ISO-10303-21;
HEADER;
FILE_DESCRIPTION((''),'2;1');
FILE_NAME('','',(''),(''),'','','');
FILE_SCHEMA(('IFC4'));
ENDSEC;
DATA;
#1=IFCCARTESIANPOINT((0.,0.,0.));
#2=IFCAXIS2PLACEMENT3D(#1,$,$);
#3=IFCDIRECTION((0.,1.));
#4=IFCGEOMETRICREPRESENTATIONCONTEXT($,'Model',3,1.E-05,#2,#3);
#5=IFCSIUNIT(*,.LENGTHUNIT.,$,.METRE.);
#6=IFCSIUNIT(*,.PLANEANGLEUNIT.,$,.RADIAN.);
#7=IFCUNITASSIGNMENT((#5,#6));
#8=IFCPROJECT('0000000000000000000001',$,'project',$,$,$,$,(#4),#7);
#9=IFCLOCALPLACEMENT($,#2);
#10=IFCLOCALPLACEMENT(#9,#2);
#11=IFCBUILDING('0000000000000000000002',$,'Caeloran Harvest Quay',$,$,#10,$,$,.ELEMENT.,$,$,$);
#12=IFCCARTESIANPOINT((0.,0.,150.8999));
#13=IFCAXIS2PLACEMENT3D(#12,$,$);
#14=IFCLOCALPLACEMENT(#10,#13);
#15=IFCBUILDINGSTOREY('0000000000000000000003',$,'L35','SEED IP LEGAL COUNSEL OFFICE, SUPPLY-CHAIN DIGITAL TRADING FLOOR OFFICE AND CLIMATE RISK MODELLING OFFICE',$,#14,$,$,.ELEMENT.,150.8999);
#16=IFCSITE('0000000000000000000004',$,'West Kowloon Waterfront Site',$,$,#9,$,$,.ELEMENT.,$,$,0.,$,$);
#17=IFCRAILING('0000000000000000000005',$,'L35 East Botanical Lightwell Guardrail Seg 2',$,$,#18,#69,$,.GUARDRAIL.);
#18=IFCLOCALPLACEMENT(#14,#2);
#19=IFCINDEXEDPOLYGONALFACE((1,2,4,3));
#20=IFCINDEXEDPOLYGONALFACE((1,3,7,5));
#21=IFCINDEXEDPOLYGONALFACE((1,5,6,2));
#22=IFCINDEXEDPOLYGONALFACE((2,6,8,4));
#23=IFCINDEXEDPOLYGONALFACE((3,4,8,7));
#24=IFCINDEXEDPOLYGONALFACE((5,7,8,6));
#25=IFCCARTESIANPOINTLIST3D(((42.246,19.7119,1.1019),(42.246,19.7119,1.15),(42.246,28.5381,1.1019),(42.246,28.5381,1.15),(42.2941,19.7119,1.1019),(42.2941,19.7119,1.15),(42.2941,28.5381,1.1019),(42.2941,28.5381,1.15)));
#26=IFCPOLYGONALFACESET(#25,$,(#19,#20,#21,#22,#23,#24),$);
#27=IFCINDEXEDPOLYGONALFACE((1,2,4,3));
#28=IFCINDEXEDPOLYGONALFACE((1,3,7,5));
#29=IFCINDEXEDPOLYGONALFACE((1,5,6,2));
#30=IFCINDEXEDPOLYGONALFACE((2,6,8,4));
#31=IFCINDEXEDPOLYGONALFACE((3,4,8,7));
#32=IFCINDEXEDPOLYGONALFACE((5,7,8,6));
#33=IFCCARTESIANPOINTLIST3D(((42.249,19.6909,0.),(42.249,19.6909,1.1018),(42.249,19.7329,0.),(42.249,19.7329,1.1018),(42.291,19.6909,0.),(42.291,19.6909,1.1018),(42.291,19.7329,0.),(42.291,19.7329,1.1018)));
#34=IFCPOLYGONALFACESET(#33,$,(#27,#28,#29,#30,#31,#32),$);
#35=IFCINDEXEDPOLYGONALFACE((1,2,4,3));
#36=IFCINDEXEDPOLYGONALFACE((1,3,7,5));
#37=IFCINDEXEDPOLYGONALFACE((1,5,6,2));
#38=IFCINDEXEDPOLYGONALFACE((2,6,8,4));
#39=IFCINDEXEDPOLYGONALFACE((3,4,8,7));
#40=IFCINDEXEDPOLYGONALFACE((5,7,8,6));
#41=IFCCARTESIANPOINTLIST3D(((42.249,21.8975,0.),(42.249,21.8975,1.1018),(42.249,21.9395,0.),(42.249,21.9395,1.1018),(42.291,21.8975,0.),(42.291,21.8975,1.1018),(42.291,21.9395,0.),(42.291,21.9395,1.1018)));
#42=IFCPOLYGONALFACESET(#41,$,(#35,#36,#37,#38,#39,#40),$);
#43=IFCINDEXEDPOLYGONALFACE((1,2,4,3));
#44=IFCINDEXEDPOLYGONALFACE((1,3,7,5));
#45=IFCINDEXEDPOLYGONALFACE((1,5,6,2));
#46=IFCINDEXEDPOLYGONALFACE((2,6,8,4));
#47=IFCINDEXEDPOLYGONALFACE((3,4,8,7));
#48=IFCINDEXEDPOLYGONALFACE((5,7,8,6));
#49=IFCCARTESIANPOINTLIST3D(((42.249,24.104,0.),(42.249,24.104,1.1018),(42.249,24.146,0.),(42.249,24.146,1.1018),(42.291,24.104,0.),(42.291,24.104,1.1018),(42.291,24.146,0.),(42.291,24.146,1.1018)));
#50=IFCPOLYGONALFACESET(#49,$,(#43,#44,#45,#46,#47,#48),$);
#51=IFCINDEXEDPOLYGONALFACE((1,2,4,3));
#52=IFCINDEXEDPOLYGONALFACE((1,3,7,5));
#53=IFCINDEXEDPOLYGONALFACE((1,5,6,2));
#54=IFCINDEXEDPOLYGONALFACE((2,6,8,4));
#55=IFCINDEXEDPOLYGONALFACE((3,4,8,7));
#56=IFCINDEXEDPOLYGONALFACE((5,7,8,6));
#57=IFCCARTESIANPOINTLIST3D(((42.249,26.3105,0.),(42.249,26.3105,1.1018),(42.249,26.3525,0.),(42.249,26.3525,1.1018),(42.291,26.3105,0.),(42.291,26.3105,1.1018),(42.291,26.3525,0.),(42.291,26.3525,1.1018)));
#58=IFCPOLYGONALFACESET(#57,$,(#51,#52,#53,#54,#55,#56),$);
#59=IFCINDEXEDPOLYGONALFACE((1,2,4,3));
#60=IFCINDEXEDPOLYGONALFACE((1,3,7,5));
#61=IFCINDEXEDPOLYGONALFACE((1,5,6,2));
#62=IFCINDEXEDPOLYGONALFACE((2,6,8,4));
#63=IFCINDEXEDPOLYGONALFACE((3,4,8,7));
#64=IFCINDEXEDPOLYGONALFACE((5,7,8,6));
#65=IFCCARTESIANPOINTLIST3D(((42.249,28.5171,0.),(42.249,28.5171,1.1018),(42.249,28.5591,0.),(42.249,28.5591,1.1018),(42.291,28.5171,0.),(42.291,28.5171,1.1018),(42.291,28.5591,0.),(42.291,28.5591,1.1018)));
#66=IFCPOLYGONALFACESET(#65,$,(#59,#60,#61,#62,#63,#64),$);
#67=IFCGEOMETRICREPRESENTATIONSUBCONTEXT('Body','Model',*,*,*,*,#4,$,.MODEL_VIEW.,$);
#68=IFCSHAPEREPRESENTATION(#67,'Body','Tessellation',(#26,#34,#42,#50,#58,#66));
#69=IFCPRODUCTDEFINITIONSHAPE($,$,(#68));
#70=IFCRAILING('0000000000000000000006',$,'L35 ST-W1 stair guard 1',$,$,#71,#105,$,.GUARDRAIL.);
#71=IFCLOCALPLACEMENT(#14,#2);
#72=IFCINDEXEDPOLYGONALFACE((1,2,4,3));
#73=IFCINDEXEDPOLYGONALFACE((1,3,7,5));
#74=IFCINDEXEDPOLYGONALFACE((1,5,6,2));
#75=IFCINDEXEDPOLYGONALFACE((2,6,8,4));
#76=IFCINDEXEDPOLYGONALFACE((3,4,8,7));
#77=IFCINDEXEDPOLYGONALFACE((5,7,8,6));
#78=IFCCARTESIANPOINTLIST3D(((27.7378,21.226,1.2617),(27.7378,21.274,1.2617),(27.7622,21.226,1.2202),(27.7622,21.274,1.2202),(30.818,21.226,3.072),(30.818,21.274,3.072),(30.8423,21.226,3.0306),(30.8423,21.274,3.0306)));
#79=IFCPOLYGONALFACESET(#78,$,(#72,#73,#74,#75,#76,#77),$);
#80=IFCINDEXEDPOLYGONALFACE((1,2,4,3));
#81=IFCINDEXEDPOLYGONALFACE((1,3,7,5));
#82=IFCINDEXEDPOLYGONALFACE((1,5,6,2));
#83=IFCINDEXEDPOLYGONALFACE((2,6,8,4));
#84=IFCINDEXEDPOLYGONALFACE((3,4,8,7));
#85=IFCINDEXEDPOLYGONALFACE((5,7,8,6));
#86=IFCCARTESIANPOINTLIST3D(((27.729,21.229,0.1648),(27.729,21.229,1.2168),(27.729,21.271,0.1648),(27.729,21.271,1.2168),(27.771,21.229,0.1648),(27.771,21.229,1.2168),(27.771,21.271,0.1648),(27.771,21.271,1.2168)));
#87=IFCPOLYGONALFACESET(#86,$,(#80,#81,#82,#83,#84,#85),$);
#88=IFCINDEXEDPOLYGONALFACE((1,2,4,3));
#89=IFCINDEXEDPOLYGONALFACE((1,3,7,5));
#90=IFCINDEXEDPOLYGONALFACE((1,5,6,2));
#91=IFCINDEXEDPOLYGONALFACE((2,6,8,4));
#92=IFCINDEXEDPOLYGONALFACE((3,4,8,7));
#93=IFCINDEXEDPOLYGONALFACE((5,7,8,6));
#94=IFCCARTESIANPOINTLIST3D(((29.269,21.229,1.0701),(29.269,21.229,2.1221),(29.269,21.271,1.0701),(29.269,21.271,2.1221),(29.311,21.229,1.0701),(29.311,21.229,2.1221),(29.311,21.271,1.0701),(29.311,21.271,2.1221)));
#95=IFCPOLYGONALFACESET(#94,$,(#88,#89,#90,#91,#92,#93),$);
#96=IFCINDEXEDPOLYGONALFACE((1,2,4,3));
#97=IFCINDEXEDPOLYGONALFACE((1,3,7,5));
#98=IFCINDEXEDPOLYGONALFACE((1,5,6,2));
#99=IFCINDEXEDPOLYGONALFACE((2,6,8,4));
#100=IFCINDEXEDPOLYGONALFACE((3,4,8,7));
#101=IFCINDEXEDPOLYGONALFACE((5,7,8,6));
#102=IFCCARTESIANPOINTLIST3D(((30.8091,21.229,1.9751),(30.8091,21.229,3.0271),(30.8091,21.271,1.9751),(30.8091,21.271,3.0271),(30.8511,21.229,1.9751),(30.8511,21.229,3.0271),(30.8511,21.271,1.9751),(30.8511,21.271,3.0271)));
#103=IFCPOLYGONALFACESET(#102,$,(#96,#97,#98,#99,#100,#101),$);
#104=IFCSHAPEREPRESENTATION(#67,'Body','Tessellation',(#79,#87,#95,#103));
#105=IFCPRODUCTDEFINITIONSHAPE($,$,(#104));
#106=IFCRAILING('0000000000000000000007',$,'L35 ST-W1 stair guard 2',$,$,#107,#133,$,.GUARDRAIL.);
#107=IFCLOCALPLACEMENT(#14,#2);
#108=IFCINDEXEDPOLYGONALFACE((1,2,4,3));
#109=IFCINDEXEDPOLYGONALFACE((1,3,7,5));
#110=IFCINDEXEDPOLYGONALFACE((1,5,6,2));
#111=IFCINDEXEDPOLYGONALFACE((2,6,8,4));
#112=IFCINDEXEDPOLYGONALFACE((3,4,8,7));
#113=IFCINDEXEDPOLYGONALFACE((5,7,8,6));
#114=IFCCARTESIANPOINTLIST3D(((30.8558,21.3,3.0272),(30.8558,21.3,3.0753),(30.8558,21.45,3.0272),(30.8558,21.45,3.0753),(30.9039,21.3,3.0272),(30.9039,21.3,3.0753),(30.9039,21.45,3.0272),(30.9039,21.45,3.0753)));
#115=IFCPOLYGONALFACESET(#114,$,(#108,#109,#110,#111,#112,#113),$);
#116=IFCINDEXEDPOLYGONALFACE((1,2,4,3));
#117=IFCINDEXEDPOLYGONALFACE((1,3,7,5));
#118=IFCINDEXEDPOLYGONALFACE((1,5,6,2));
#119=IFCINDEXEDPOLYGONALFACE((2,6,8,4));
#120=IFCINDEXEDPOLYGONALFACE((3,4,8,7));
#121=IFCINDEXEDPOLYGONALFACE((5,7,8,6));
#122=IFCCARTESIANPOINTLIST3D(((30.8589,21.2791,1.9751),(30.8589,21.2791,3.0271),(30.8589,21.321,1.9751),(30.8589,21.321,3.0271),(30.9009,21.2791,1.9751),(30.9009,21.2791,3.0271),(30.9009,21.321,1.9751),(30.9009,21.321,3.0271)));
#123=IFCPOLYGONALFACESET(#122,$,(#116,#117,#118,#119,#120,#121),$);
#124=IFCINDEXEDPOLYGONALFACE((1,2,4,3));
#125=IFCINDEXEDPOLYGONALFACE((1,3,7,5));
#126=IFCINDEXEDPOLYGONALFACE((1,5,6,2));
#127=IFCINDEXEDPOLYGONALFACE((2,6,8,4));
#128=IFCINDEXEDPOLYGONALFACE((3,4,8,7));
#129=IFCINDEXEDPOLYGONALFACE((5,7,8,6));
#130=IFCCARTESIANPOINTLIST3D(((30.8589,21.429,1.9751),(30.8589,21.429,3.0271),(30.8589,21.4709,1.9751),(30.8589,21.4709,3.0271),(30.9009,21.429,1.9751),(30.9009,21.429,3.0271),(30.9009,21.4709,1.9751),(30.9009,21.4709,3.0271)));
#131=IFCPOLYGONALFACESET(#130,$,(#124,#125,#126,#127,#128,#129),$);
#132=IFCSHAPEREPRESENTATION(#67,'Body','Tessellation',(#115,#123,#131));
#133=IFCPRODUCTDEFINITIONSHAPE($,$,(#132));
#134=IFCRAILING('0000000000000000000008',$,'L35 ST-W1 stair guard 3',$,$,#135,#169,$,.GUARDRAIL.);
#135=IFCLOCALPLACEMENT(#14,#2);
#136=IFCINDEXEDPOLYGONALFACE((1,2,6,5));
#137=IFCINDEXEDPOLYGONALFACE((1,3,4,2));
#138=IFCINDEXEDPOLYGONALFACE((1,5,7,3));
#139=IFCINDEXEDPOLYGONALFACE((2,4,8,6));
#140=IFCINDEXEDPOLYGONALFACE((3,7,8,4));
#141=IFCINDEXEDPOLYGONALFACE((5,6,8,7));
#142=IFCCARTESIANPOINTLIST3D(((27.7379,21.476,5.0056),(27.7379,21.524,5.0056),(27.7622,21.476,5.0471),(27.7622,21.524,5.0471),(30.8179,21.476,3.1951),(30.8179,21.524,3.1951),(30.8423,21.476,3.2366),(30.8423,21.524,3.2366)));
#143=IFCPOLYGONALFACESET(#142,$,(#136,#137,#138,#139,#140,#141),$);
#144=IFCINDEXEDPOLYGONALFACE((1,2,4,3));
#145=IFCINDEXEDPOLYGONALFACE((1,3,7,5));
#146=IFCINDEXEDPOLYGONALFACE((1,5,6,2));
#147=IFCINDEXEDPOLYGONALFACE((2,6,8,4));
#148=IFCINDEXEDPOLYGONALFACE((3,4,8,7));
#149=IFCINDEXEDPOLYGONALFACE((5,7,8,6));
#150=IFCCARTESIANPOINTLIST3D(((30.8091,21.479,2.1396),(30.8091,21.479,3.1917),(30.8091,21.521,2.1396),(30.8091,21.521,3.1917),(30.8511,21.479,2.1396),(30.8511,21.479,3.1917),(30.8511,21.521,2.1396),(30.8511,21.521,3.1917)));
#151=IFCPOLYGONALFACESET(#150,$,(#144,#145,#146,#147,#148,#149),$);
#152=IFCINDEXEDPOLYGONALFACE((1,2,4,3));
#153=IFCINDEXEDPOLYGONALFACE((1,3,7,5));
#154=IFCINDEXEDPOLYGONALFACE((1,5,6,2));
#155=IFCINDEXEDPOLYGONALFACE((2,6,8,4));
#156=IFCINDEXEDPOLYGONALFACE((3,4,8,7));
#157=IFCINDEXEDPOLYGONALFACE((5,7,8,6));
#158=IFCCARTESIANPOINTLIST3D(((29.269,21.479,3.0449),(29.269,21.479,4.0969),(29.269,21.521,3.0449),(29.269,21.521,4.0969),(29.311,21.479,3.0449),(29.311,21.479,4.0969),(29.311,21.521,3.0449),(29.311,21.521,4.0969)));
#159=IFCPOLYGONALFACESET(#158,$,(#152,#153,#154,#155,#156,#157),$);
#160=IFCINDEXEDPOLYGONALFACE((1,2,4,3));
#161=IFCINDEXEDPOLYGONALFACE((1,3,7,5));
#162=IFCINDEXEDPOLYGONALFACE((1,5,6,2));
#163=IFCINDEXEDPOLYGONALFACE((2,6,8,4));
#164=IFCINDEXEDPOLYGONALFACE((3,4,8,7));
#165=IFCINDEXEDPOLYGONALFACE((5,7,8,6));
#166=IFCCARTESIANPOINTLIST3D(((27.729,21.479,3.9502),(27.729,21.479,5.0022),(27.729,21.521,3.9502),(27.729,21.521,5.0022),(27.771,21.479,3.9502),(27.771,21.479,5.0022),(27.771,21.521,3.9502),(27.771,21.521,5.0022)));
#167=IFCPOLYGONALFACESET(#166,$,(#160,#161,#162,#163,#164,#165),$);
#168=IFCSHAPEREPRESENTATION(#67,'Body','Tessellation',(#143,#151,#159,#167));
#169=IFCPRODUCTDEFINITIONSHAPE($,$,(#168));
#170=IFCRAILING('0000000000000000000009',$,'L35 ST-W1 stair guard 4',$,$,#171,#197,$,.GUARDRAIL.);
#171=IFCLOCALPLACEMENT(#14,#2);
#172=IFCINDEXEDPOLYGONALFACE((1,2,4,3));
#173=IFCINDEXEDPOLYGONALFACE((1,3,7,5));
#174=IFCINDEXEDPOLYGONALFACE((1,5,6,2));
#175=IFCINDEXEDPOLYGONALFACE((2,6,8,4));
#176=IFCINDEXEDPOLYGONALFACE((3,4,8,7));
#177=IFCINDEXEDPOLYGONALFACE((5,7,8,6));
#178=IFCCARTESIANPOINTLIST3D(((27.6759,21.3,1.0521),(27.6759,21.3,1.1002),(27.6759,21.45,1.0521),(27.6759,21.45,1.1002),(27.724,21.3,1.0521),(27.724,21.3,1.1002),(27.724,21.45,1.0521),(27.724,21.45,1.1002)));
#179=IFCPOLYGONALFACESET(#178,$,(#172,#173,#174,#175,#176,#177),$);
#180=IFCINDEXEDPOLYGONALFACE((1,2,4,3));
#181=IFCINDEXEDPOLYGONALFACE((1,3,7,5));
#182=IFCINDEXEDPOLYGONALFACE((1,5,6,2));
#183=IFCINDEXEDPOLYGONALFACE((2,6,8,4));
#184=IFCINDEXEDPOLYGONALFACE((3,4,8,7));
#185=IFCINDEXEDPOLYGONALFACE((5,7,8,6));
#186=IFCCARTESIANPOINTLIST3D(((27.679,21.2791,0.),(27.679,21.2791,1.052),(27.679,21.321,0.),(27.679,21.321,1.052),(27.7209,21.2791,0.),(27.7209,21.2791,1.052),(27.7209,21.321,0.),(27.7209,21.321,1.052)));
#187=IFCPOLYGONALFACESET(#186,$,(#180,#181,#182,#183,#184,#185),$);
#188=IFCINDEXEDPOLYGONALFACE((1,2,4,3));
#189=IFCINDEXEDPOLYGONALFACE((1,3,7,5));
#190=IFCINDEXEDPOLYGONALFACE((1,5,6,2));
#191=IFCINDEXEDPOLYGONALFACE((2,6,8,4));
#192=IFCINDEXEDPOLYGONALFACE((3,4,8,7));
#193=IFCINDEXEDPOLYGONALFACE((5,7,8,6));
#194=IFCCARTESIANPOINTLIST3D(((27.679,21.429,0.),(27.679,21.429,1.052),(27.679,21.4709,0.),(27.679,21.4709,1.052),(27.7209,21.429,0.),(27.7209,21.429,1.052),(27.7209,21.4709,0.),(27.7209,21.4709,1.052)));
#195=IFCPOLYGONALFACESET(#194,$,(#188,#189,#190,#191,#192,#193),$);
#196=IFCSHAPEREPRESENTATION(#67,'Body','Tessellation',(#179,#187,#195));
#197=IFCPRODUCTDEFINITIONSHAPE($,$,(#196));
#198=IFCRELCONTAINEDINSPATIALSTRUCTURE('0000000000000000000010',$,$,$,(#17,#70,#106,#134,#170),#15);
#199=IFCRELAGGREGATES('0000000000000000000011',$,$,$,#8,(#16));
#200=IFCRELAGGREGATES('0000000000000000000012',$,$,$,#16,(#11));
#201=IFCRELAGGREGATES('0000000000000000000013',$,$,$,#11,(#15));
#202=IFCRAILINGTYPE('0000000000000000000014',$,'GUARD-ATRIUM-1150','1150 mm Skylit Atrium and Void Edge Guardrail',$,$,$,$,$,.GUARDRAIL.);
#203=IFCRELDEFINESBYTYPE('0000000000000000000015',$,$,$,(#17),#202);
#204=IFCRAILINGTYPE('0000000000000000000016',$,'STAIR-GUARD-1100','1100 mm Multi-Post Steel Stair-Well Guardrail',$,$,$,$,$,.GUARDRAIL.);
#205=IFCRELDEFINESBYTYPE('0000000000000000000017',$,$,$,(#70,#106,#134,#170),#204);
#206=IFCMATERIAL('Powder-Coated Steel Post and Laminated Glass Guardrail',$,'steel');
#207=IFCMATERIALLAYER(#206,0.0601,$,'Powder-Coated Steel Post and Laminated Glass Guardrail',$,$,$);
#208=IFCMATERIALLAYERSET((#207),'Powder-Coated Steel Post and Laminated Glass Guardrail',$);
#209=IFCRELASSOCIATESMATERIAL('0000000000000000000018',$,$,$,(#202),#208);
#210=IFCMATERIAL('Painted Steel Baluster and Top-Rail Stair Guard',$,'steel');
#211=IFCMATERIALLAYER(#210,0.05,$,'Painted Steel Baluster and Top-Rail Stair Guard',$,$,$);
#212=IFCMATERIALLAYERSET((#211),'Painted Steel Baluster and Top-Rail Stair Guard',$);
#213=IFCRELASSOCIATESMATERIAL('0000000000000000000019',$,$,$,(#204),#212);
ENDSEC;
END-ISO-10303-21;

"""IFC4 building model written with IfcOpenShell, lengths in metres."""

from ifc_helpers import new_model, si_unit, direction, frame, origin, origin_2d, place, context, subcontext, project, spatial, rectangle, extrude, material, layer, layer_set, type_object, element, save


model = new_model("IFC4")

# Units and contexts
model_context = context("Model", 3, precision=1e-05, world=origin(), true_north=direction((0.0, 1.0)))
body_context = subcontext(model_context, "Body", "Model", "MODEL_VIEW")
ifc_project = project(units=[si_unit("LENGTHUNIT", "METRE"), si_unit("PLANEANGLEUNIT", "RADIAN")], contexts=[model_context])

# Site, building, storey
site_placement = place(None, origin())
site = spatial("IfcSite", under=ifc_project, at=site_placement, Name="West Kowloon Waterfront Site", CompositionType="ELEMENT", RefElevation=0.0)
building_placement = place(site_placement, origin())
building = spatial("IfcBuilding", under=site, at=building_placement, Name="Caeloran Harvest Quay", CompositionType="ELEMENT")
storey_placement = place(building_placement, frame((0.0, 0.0, 150.8999)))
storey = spatial("IfcBuildingStorey", under=building, at=storey_placement, Name="L35", Description="SEED IP LEGAL COUNSEL OFFICE, SUPPLY-CHAIN DIGITAL TRADING FLOOR OFFICE AND CLIMATE RISK MODELLING OFFICE", CompositionType="ELEMENT", Elevation=150.8999)

# Railings
ifc_material_1 = material(Name="Powder-Coated Steel Post and Laminated Glass Guardrail", Category="steel")
ifc_layer_1 = layer(ifc_material_1, 0.0601, Name="Powder-Coated Steel Post and Laminated Glass Guardrail")
ifc_layer_set_1 = layer_set([ifc_layer_1], Name="Powder-Coated Steel Post and Laminated Glass Guardrail")
railing_type_1 = type_object("IfcRailingType", Name="GUARD-ATRIUM-1150", Description="1150 mm Skylit Atrium and Void Edge Guardrail", PredefinedType="GUARDRAIL", material=ifc_layer_set_1)
railing_1_placement = place(storey_placement, frame((42.27, 19.7119, 0.0)))
element("IfcRailing", 1, at=railing_1_placement, inside=storey, type_object=railing_type_1, Name="L35 East Botanical Lightwell Guardrail Seg 2", PredefinedType="GUARDRAIL", context=body_context, shape_type="SweptSolid", body=[
    extrude(rectangle(XDim=0.0481, YDim=0.0481, at=origin_2d()), frame((0.0, 0.0, 1.126), z_axis=(0.0, 1.0, 0.0), x_axis=(-1.0, 0.0, 0.0)), (0.0, 0.0, 1.0), 8.8262),
    extrude(rectangle(XDim=0.042, YDim=0.042, at=origin_2d()), origin(), (0.0, 0.0, 1.0), 1.1018),
    extrude(rectangle(XDim=0.042, YDim=0.042, at=origin_2d()), frame((0.0, 2.2065, 0.0)), (0.0, 0.0, 1.0), 1.1018),
    extrude(rectangle(XDim=0.042, YDim=0.042, at=origin_2d()), frame((0.0, 4.4131, 0.0)), (0.0, 0.0, 1.0), 1.1018),
    extrude(rectangle(XDim=0.042, YDim=0.042, at=origin_2d()), frame((0.0, 6.6196, 0.0)), (0.0, 0.0, 1.0), 1.1018),
    extrude(rectangle(XDim=0.042, YDim=0.042, at=origin_2d()), frame((0.0, 8.8262, 0.0)), (0.0, 0.0, 1.0), 1.1018),
])
ifc_material_2 = material(Name="Painted Steel Baluster and Top-Rail Stair Guard", Category="steel")
ifc_layer_2 = layer(ifc_material_2, 0.05, Name="Painted Steel Baluster and Top-Rail Stair Guard")
ifc_layer_set_2 = layer_set([ifc_layer_2], Name="Painted Steel Baluster and Top-Rail Stair Guard")
railing_type_2 = type_object("IfcRailingType", Name="STAIR-GUARD-1100", Description="1100 mm Multi-Post Steel Stair-Well Guardrail", PredefinedType="GUARDRAIL", material=ifc_layer_set_2)
railing_2_placement = place(storey_placement, frame((27.75, 21.25, 0.1648)))
element("IfcRailing", 2, at=railing_2_placement, inside=storey, type_object=railing_type_2, Name="L35 ST-W1 stair guard 1", PredefinedType="GUARDRAIL", context=body_context, shape_type="SweptSolid", body=[
    extrude(rectangle(XDim=0.0481, YDim=0.0481, at=origin_2d()), frame((0.0, 0.0, 1.0762), z_axis=(0.862119, 0.0, 0.506707), x_axis=(0.0, 1.0, 0.0)), (0.0, 0.0, 1.0), 3.5728),
    extrude(rectangle(XDim=0.042, YDim=0.042, at=origin_2d()), origin(), (0.0, 0.0, 1.0), 1.052),
    extrude(rectangle(XDim=0.042, YDim=0.042, at=origin_2d()), frame((1.54, 0.0, 0.9053)), (0.0, 0.0, 1.0), 1.052),
    extrude(rectangle(XDim=0.042, YDim=0.042, at=origin_2d()), frame((3.0801, 0.0, 1.8103)), (0.0, 0.0, 1.0), 1.052),
])
railing_3_placement = place(storey_placement, frame((30.8799, 21.3, 1.9751)))
element("IfcRailing", 3, at=railing_3_placement, inside=storey, type_object=railing_type_2, Name="L35 ST-W1 stair guard 2", PredefinedType="GUARDRAIL", context=body_context, shape_type="SweptSolid", body=[
    extrude(rectangle(XDim=0.0481, YDim=0.0481, at=origin_2d()), frame((0.0, 0.0, 1.0762), z_axis=(0.0, 1.0, 0.0), x_axis=(-1.0, 0.0, 0.0)), (0.0, 0.0, 1.0), 0.1499),
    extrude(rectangle(XDim=0.042, YDim=0.042, at=origin_2d()), origin(), (0.0, 0.0, 1.0), 1.052),
    extrude(rectangle(XDim=0.042, YDim=0.042, at=origin_2d()), frame((0.0, 0.1499, 0.0)), (0.0, 0.0, 1.0), 1.052),
])
railing_4_placement = place(storey_placement, frame((30.8301, 21.5, 2.1396)))
element("IfcRailing", 4, at=railing_4_placement, inside=storey, type_object=railing_type_2, Name="L35 ST-W1 stair guard 3", PredefinedType="GUARDRAIL", context=body_context, shape_type="SweptSolid", body=[
    extrude(rectangle(XDim=0.0481, YDim=0.0481, at=origin_2d()), frame((0.0, 0.0, 1.0762), z_axis=(-0.862089, 0.0, 0.506757), x_axis=(0.0, -1.0, 0.0)), (0.0, 0.0, 1.0), 3.5728),
    extrude(rectangle(XDim=0.042, YDim=0.042, at=origin_2d()), origin(), (0.0, 0.0, 1.0), 1.052),
    extrude(rectangle(XDim=0.042, YDim=0.042, at=origin_2d()), frame((-1.54, 0.0, 0.9053)), (0.0, 0.0, 1.0), 1.052),
    extrude(rectangle(XDim=0.042, YDim=0.042, at=origin_2d()), frame((-3.0801, 0.0, 1.8105)), (0.0, 0.0, 1.0), 1.052),
])
railing_5_placement = place(storey_placement, frame((27.7, 21.3, 0.0)))
element("IfcRailing", 5, at=railing_5_placement, inside=storey, type_object=railing_type_2, Name="L35 ST-W1 stair guard 4", PredefinedType="GUARDRAIL", context=body_context, shape_type="SweptSolid", body=[
    extrude(rectangle(XDim=0.0481, YDim=0.0481, at=origin_2d()), frame((0.0, 0.0, 1.0762), z_axis=(0.0, 1.0, 0.0), x_axis=(-1.0, 0.0, 0.0)), (0.0, 0.0, 1.0), 0.1499),
    extrude(rectangle(XDim=0.042, YDim=0.042, at=origin_2d()), origin(), (0.0, 0.0, 1.0), 1.052),
    extrude(rectangle(XDim=0.042, YDim=0.042, at=origin_2d()), frame((0.0, 0.1499, 0.0)), (0.0, 0.0, 1.0), 1.052),
])

save(model, "model.ifc")
